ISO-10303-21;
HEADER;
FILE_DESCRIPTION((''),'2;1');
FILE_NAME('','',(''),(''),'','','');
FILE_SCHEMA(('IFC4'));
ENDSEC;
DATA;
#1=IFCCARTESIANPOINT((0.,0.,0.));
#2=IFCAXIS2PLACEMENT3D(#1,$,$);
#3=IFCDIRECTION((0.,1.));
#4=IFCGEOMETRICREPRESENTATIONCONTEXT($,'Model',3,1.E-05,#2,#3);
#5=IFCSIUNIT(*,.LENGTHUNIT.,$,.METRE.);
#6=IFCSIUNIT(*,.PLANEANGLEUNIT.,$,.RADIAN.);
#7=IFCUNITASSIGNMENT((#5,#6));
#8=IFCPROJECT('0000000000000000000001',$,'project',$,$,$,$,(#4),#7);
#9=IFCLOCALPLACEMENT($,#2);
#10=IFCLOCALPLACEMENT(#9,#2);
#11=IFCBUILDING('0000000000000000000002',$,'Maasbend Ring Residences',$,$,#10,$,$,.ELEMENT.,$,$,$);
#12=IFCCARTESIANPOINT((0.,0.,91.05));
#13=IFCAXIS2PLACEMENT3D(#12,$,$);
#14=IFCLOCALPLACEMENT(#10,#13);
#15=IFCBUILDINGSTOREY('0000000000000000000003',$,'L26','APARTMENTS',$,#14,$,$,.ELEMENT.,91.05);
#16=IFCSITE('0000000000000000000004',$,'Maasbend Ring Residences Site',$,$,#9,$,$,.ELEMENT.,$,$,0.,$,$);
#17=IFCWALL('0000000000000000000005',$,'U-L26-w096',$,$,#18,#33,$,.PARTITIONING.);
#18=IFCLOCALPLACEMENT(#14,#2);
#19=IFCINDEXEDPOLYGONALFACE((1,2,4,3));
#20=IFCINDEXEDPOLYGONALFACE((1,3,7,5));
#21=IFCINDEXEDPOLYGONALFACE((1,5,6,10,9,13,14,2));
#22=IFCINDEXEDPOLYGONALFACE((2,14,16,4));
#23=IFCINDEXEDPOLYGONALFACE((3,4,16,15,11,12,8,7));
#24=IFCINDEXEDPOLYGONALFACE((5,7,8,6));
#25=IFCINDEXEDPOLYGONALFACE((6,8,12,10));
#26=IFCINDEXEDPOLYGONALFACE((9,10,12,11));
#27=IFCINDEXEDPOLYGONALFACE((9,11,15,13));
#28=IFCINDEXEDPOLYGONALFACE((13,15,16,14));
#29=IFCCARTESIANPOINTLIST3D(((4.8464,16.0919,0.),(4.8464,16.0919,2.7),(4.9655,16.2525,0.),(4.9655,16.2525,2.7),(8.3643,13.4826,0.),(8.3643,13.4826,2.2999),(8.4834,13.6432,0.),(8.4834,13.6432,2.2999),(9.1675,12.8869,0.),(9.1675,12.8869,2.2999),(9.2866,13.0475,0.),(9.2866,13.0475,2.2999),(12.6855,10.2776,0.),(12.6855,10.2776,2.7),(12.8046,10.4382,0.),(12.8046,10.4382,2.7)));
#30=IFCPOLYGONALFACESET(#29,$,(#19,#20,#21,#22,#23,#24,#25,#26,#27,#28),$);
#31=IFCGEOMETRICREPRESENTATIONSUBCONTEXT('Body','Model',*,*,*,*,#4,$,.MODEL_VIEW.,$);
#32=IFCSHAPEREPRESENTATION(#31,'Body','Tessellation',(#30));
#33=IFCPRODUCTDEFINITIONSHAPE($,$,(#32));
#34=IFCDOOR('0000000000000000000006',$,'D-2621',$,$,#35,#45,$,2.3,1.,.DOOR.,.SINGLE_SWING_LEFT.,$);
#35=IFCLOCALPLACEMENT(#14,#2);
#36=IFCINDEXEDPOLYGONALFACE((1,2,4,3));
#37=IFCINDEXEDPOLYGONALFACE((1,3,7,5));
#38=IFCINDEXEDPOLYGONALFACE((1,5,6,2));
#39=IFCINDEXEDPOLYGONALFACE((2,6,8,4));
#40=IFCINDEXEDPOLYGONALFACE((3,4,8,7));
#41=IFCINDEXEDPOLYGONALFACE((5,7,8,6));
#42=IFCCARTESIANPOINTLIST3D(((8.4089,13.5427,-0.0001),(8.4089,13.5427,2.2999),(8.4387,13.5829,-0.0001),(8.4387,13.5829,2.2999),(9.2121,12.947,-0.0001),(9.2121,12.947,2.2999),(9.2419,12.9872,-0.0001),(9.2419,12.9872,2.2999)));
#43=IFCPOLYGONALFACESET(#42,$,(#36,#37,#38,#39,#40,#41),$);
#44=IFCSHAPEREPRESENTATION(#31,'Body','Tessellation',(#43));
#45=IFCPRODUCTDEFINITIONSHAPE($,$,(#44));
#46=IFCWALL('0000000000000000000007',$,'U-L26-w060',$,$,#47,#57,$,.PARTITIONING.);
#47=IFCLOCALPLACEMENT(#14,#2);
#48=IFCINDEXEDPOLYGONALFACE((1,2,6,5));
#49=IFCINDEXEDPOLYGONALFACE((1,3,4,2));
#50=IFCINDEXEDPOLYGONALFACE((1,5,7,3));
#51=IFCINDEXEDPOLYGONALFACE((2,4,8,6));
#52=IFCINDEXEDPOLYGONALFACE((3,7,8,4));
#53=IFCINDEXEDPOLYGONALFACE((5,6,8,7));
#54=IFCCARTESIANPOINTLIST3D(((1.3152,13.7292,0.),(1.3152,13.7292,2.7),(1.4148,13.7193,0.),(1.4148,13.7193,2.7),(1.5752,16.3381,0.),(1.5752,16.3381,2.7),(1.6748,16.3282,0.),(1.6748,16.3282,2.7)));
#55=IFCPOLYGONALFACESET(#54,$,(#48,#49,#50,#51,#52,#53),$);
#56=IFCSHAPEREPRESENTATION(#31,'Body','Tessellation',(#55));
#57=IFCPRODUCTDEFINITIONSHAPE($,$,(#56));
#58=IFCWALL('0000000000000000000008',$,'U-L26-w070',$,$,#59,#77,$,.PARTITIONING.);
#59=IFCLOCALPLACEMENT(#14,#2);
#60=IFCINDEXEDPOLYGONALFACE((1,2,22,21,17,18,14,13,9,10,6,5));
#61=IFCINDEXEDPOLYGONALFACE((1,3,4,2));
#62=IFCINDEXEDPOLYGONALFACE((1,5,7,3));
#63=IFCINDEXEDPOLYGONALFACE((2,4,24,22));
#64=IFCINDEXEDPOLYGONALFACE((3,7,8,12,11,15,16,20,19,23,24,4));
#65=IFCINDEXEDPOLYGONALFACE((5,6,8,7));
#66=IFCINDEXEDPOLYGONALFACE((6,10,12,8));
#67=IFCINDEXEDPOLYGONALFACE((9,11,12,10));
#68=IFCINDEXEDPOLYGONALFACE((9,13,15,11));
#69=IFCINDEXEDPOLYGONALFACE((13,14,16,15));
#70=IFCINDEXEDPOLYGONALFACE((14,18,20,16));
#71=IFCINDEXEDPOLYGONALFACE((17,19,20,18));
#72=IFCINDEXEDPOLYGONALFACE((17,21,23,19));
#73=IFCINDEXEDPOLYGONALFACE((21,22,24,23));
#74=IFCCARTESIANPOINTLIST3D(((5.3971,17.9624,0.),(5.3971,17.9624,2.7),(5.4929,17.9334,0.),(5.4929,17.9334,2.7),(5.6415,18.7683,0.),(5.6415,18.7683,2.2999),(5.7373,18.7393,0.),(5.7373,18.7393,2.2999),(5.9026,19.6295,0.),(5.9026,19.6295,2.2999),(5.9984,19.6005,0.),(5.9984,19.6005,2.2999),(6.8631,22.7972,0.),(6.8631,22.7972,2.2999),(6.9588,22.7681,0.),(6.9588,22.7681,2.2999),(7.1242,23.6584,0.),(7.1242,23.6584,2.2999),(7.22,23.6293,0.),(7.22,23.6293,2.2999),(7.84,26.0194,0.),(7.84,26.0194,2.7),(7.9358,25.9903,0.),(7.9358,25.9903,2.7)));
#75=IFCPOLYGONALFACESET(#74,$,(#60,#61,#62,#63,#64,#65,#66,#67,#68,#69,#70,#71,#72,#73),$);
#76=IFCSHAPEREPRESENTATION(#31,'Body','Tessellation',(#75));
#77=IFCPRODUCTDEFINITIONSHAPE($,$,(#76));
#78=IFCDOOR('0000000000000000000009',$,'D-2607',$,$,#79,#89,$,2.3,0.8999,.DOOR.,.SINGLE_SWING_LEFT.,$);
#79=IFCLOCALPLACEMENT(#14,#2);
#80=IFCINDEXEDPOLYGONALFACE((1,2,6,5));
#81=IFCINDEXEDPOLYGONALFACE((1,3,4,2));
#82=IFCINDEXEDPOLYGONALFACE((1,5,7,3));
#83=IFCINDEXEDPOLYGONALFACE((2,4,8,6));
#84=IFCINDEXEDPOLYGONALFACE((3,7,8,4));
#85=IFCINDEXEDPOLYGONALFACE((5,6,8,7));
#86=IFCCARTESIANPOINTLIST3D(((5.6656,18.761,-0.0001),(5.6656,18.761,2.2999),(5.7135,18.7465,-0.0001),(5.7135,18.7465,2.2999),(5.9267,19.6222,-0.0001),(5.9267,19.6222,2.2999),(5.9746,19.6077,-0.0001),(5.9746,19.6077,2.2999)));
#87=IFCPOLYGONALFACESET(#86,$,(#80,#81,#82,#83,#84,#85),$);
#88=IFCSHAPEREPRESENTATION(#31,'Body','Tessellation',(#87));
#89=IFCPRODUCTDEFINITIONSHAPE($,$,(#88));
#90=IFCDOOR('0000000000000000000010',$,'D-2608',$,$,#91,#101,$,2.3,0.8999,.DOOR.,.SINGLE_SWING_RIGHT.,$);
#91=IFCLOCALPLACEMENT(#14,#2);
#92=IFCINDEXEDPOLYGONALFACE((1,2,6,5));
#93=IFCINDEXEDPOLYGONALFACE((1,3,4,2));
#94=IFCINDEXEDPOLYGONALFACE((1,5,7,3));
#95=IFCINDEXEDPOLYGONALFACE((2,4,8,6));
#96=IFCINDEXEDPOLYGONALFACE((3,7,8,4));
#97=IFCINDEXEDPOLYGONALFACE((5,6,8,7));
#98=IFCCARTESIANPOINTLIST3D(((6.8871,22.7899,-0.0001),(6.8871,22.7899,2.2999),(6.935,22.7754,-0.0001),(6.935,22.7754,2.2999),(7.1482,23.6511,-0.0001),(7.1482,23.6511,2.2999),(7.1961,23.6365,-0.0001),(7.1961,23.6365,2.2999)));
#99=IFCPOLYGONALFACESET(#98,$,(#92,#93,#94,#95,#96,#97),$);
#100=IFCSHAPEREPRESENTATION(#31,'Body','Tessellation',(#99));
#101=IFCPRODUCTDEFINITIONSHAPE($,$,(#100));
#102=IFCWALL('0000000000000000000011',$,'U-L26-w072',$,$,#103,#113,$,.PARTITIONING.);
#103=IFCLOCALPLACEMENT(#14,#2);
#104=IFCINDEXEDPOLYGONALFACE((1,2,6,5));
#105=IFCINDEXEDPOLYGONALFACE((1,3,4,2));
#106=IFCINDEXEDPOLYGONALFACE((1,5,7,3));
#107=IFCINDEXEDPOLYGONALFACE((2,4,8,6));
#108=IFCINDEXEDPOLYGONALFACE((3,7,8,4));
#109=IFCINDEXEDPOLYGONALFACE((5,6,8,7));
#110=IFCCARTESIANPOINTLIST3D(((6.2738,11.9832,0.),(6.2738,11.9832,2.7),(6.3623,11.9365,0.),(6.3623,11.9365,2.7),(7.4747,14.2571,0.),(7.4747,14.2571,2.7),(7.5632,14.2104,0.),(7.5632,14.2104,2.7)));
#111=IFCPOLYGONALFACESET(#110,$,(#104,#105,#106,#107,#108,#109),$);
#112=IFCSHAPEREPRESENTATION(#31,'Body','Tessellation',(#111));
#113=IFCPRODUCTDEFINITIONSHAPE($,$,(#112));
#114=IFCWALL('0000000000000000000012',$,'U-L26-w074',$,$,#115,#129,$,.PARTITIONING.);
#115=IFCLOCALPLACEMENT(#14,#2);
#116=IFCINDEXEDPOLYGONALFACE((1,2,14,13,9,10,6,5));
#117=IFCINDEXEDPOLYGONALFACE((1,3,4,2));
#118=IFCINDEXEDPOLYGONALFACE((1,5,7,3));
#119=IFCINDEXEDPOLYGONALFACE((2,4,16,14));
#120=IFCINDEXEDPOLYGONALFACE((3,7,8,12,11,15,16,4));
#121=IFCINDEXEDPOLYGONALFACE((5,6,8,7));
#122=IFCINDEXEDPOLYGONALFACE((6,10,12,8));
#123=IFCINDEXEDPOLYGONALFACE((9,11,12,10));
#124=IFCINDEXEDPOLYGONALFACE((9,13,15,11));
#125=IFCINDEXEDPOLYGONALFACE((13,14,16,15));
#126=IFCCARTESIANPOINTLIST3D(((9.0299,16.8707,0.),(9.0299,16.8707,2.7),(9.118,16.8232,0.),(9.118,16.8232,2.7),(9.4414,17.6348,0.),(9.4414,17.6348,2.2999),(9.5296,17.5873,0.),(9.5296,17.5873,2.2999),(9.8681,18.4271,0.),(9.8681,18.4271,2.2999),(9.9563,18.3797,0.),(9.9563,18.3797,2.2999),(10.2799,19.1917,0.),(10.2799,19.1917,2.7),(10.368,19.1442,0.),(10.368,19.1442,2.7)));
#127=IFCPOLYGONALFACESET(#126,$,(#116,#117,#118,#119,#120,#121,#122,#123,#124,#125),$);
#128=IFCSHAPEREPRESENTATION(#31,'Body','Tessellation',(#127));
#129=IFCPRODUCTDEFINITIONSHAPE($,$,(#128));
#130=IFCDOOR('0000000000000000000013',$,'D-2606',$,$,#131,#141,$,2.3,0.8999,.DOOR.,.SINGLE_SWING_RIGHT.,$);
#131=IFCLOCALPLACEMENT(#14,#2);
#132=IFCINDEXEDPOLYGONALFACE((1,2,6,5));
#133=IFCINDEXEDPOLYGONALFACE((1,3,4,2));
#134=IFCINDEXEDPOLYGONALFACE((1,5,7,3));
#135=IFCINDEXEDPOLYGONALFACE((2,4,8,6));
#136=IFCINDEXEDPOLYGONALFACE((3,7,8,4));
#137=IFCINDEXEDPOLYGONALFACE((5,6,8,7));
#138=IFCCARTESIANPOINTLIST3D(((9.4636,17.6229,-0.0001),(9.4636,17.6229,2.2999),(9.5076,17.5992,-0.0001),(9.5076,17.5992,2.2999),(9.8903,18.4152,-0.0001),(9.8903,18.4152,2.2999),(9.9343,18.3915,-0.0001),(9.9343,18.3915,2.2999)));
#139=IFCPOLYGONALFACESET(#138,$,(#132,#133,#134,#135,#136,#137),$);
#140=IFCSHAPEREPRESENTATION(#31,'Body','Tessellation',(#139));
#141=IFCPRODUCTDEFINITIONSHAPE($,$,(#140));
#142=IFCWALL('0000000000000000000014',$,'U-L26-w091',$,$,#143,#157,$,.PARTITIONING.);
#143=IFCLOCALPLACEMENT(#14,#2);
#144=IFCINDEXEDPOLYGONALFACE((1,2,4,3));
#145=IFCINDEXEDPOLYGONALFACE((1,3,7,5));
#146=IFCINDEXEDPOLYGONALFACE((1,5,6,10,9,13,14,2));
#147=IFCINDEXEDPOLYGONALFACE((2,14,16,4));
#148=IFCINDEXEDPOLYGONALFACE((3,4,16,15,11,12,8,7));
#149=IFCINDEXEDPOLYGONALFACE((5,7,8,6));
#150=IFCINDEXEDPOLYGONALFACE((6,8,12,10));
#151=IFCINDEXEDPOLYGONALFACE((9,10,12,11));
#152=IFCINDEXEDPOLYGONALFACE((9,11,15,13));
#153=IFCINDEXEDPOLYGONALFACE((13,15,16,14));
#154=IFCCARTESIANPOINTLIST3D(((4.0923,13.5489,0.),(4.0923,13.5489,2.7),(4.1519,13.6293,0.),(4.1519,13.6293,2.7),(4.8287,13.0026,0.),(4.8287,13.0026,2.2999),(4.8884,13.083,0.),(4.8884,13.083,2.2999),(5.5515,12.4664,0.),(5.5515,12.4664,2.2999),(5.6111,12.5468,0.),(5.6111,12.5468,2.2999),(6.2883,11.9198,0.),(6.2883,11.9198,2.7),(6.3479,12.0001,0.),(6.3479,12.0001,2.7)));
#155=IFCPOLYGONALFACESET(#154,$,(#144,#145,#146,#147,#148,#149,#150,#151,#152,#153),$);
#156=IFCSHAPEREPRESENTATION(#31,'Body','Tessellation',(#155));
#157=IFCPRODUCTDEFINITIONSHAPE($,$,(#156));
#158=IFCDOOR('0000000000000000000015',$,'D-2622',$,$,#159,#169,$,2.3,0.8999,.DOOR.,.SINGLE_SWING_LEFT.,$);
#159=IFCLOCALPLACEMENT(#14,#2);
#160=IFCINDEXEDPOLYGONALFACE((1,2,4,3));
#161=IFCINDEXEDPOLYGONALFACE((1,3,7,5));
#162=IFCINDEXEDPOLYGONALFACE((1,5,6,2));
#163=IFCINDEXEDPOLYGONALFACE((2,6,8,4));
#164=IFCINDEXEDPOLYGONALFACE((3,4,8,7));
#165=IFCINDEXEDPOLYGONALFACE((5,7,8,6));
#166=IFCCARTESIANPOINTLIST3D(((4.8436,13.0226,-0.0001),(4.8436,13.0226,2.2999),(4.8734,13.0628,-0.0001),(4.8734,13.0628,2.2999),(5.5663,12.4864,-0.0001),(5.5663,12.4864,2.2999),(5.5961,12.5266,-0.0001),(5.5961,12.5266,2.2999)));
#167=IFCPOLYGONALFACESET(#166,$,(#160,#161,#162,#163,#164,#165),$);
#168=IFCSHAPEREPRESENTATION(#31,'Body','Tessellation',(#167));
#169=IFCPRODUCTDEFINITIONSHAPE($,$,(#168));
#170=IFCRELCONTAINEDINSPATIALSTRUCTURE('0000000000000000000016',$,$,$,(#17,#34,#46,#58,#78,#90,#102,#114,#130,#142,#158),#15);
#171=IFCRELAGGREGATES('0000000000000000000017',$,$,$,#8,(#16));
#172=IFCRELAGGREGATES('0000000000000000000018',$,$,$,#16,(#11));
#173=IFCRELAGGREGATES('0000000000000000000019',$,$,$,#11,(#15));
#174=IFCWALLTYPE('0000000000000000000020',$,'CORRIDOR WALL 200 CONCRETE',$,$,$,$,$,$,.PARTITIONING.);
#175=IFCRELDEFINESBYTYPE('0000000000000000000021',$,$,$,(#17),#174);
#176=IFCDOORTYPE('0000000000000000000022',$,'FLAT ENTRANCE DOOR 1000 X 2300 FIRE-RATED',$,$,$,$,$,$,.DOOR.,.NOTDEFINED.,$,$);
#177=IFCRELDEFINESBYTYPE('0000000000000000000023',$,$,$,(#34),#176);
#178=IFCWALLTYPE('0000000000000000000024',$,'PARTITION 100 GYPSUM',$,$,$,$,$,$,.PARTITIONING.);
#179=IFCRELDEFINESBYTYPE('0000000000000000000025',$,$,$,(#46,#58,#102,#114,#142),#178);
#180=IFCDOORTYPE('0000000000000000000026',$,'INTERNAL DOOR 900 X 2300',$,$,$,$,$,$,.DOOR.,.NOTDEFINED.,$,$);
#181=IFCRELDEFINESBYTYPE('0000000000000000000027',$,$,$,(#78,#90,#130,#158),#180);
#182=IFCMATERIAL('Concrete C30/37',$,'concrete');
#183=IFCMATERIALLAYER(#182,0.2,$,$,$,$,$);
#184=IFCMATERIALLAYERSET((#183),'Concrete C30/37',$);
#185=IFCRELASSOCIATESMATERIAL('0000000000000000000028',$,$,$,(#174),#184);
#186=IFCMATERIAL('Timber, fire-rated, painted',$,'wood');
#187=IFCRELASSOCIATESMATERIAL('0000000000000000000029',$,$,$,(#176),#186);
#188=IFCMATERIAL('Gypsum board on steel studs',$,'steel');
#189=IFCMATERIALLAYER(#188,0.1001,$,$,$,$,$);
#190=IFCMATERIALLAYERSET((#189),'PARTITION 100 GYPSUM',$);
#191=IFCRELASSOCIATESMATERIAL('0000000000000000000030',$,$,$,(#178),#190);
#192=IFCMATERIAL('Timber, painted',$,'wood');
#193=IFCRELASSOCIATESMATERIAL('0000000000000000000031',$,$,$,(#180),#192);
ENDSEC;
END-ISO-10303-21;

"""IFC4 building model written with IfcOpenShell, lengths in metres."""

from ifc_helpers import new_model, si_unit, direction, frame, frame_2d, origin, place, context, subcontext, project, spatial, rectangle, extrude, material, layer, layer_set, type_object, element, fill, save


model = new_model("IFC4")

# Units and contexts
model_context = context("Model", 3, precision=1e-05, world=origin(), true_north=direction((0.0, 1.0)))
body_context = subcontext(model_context, "Body", "Model", "MODEL_VIEW")
ifc_project = project(units=[si_unit("LENGTHUNIT", "METRE"), si_unit("PLANEANGLEUNIT", "RADIAN")], contexts=[model_context])

# Site, building, storey
site_placement = place(None, origin())
site = spatial("IfcSite", under=ifc_project, at=site_placement, Name="Maasbend Ring Residences Site", CompositionType="ELEMENT", RefElevation=0.0)
building_placement = place(site_placement, origin())
building = spatial("IfcBuilding", under=site, at=building_placement, Name="Maasbend Ring Residences", CompositionType="ELEMENT")
storey_placement = place(building_placement, frame((0.0, 0.0, 91.05)))
storey = spatial("IfcBuildingStorey", under=building, at=storey_placement, Name="L26", Description="APARTMENTS", CompositionType="ELEMENT", Elevation=91.05)

# Wall, opening, door
ifc_material_1 = material(Name="Concrete C30/37", Category="concrete")
ifc_layer_1 = layer(ifc_material_1, 0.2)
ifc_layer_set_1 = layer_set([ifc_layer_1], Name="Concrete C30/37")
wall_type_1 = type_object("IfcWallType", Name="CORRIDOR WALL 200 CONCRETE", PredefinedType="PARTITIONING", material=ifc_layer_set_1)
wall_1_placement = place(storey_placement, frame((4.906, 16.1721, 0.0), z_axis=(0.0, 0.0, 1.0), x_axis=(0.803191, -0.595721, 0.0)))
wall_1 = element("IfcWall", 1, at=wall_1_placement, inside=storey, type_object=wall_type_1, Name="U-L26-w096", PredefinedType="PARTITIONING", context=body_context, shape_type="SweptSolid", body=[
    extrude(rectangle(XDim=9.76, YDim=0.2, at=frame_2d((4.8799, 0.0))), origin(), (0.0, 0.0, 1.0), 2.7),
])
opening_1_placement = place(wall_1_placement, frame((4.3799, 0.0, 0.0)))
opening_1 = element("IfcOpeningElement", 2, at=opening_1_placement, cuts=wall_1, PredefinedType="OPENING", context=body_context, shape_type="SweptSolid", body=[
    extrude(rectangle(XDim=1.0, YDim=2.3, at=frame_2d((0.5, 1.1499))), frame((0.0, 0.1099, 0.0), z_axis=(0.0, -1.0, 0.0), x_axis=(1.0, 0.0, 0.0)), (0.0, 0.0, 1.0), 0.22),
])
ifc_material_2 = material(Name="Timber, fire-rated, painted", Category="wood")
door_type_1 = type_object("IfcDoorType", Name="FLAT ENTRANCE DOOR 1000 X 2300 FIRE-RATED", OperationType="NOTDEFINED", PredefinedType="DOOR", material=ifc_material_2)
door_1_placement = place(opening_1_placement, origin())
door_1 = element("IfcDoor", 3, at=door_1_placement, inside=storey, type_object=door_type_1, Name="D-2621", OperationType="SINGLE_SWING_LEFT", OverallHeight=2.3, OverallWidth=1.0, PredefinedType="DOOR", context=body_context, shape_type="SweptSolid", body=[
    extrude(rectangle(XDim=1.0, YDim=2.3, at=frame_2d((0.5, 1.1499))), frame((0.0, 0.0249, 0.0), z_axis=(0.0, -1.0, 0.0), x_axis=(1.0, 0.0, 0.0)), (0.0, 0.0, 1.0), 0.05),
])
fill(opening_1, door_1)

# Wall
ifc_material_3 = material(Name="Gypsum board on steel studs", Category="steel")
ifc_layer_2 = layer(ifc_material_3, 0.1001)
ifc_layer_set_2 = layer_set([ifc_layer_2], Name="PARTITION 100 GYPSUM")
wall_type_2 = type_object("IfcWallType", Name="PARTITION 100 GYPSUM", PredefinedType="PARTITIONING", material=ifc_layer_set_2)
wall_2_placement = place(storey_placement, frame((1.365, 13.7241, 0.0), z_axis=(0.0, 0.0, 1.0), x_axis=(0.099172, 0.99507, 0.0)))
element("IfcWall", 4, at=wall_2_placement, inside=storey, type_object=wall_type_2, Name="U-L26-w060", PredefinedType="PARTITIONING", context=body_context, shape_type="SweptSolid", body=[
    extrude(rectangle(XDim=2.6218, YDim=0.1001, at=frame_2d((1.311, 0.0))), origin(), (0.0, 0.0, 1.0), 2.7),
])

# Wall, openings, doors
wall_3_placement = place(storey_placement, frame((5.4451, 17.948, 0.0), z_axis=(0.0, 0.0, 1.0), x_axis=(0.290159, 0.956979, 0.0)))
wall_3 = element("IfcWall", 5, at=wall_3_placement, inside=storey, type_object=wall_type_2, Name="U-L26-w070", PredefinedType="PARTITIONING", context=body_context, shape_type="SweptSolid", body=[
    extrude(rectangle(XDim=8.4192, YDim=0.1001, at=frame_2d((4.2095, 0.0))), origin(), (0.0, 0.0, 1.0), 2.7),
])
opening_2_placement = place(wall_3_placement, frame((0.842, 0.0, 0.0)))
opening_2 = element("IfcOpeningElement", 6, at=opening_2_placement, cuts=wall_3, PredefinedType="OPENING", context=body_context, shape_type="SweptSolid", body=[
    extrude(rectangle(XDim=0.8999, YDim=2.3, at=frame_2d((0.45, 1.1499))), frame((0.0, 0.0601, 0.0), z_axis=(0.0, -1.0, 0.0), x_axis=(1.0, 0.0, 0.0)), (0.0, 0.0, 1.0), 0.1201),
])
opening_3_placement = place(wall_3_placement, frame((5.052, 0.0, 0.0)))
opening_3 = element("IfcOpeningElement", 7, at=opening_3_placement, cuts=wall_3, PredefinedType="OPENING", context=body_context, shape_type="SweptSolid", body=[
    extrude(rectangle(XDim=0.8999, YDim=2.3, at=frame_2d((0.45, 1.1499))), frame((0.0, 0.0601, 0.0), z_axis=(0.0, -1.0, 0.0), x_axis=(1.0, 0.0, 0.0)), (0.0, 0.0, 1.0), 0.1201),
])
ifc_material_4 = material(Name="Timber, painted", Category="wood")
door_type_2 = type_object("IfcDoorType", Name="INTERNAL DOOR 900 X 2300", OperationType="NOTDEFINED", PredefinedType="DOOR", material=ifc_material_4)
door_2_placement = place(opening_2_placement, origin())
door_2 = element("IfcDoor", 8, at=door_2_placement, inside=storey, type_object=door_type_2, Name="D-2607", OperationType="SINGLE_SWING_LEFT", OverallHeight=2.3, OverallWidth=0.8999, PredefinedType="DOOR", context=body_context, shape_type="SweptSolid", body=[
    extrude(rectangle(XDim=0.8999, YDim=2.3, at=frame_2d((0.45, 1.1499))), frame((0.0, 0.0249, 0.0), z_axis=(0.0, -1.0, 0.0), x_axis=(1.0, 0.0, 0.0)), (0.0, 0.0, 1.0), 0.05),
])
fill(opening_2, door_2)
door_3_placement = place(opening_3_placement, origin())
door_3 = element("IfcDoor", 9, at=door_3_placement, inside=storey, type_object=door_type_2, Name="D-2608", OperationType="SINGLE_SWING_RIGHT", OverallHeight=2.3, OverallWidth=0.8999, PredefinedType="DOOR", context=body_context, shape_type="SweptSolid", body=[
    extrude(rectangle(XDim=0.8999, YDim=2.3, at=frame_2d((0.45, 1.1499))), frame((0.0, 0.0249, 0.0), z_axis=(0.0, -1.0, 0.0), x_axis=(1.0, 0.0, 0.0)), (0.0, 0.0, 1.0), 0.05),
])
fill(opening_3, door_3)

# Wall
wall_4_placement = place(storey_placement, frame((6.3181, 11.96, 0.0), z_axis=(0.0, 0.0, 1.0), x_axis=(0.467002, 0.884256, 0.0)))
element("IfcWall", 10, at=wall_4_placement, inside=storey, type_object=wall_type_2, Name="U-L26-w072", PredefinedType="PARTITIONING", context=body_context, shape_type="SweptSolid", body=[
    extrude(rectangle(XDim=2.5715, YDim=0.1001, at=frame_2d((1.2856, 0.0))), origin(), (0.0, 0.0, 1.0), 2.7),
])

# Walls, openings, doors
wall_5_placement = place(storey_placement, frame((9.074, 16.8469, 0.0), z_axis=(0.0, 0.0, 1.0), x_axis=(0.474161, 0.880438, 0.0)))
wall_5 = element("IfcWall", 11, at=wall_5_placement, inside=storey, type_object=wall_type_2, Name="U-L26-w074", PredefinedType="PARTITIONING", context=body_context, shape_type="SweptSolid", body=[
    extrude(rectangle(XDim=2.6362, YDim=0.1001, at=frame_2d((1.3181, 0.0))), origin(), (0.0, 0.0, 1.0), 2.7),
])
opening_4_placement = place(wall_5_placement, frame((0.8679, 0.0, 0.0)))
opening_4 = element("IfcOpeningElement", 12, at=opening_4_placement, cuts=wall_5, PredefinedType="OPENING", context=body_context, shape_type="SweptSolid", body=[
    extrude(rectangle(XDim=0.8999, YDim=2.3, at=frame_2d((0.45, 1.1499))), frame((0.0, 0.0601, 0.0), z_axis=(0.0, -1.0, 0.0), x_axis=(1.0, 0.0, 0.0)), (0.0, 0.0, 1.0), 0.1201),
])
door_4_placement = place(opening_4_placement, origin())
door_4 = element("IfcDoor", 13, at=door_4_placement, inside=storey, type_object=door_type_2, Name="D-2606", OperationType="SINGLE_SWING_RIGHT", OverallHeight=2.3, OverallWidth=0.8999, PredefinedType="DOOR", context=body_context, shape_type="SweptSolid", body=[
    extrude(rectangle(XDim=0.8999, YDim=2.3, at=frame_2d((0.45, 1.1499))), frame((0.0, 0.0249, 0.0), z_axis=(0.0, -1.0, 0.0), x_axis=(1.0, 0.0, 0.0)), (0.0, 0.0, 1.0), 0.05),
])
fill(opening_4, door_4)
wall_6_placement = place(storey_placement, frame((4.1221, 13.5891, 0.0), z_axis=(0.0, 0.0, 1.0), x_axis=(0.803128, -0.595806, 0.0)))
wall_6 = element("IfcWall", 14, at=wall_6_placement, inside=storey, type_object=wall_type_2, Name="U-L26-w091", PredefinedType="PARTITIONING", context=body_context, shape_type="SweptSolid", body=[
    extrude(rectangle(XDim=2.7344, YDim=0.1001, at=frame_2d((1.3672, 0.0))), origin(), (0.0, 0.0, 1.0), 2.7),
])
opening_5_placement = place(wall_6_placement, frame((0.917, 0.0, 0.0)))
opening_5 = element("IfcOpeningElement", 15, at=opening_5_placement, cuts=wall_6, PredefinedType="OPENING", context=body_context, shape_type="SweptSolid", body=[
    extrude(rectangle(XDim=0.8999, YDim=2.3, at=frame_2d((0.45, 1.1499))), frame((0.0, 0.0601, 0.0), z_axis=(0.0, -1.0, 0.0), x_axis=(1.0, 0.0, 0.0)), (0.0, 0.0, 1.0), 0.1201),
])
door_5_placement = place(opening_5_placement, origin())
door_5 = element("IfcDoor", 16, at=door_5_placement, inside=storey, type_object=door_type_2, Name="D-2622", OperationType="SINGLE_SWING_LEFT", OverallHeight=2.3, OverallWidth=0.8999, PredefinedType="DOOR", context=body_context, shape_type="SweptSolid", body=[
    extrude(rectangle(XDim=0.8999, YDim=2.3, at=frame_2d((0.45, 1.1499))), frame((0.0, 0.0249, 0.0), z_axis=(0.0, -1.0, 0.0), x_axis=(1.0, 0.0, 0.0)), (0.0, 0.0, 1.0), 0.05),
])
fill(opening_5, door_5)

save(model, "model.ifc")
